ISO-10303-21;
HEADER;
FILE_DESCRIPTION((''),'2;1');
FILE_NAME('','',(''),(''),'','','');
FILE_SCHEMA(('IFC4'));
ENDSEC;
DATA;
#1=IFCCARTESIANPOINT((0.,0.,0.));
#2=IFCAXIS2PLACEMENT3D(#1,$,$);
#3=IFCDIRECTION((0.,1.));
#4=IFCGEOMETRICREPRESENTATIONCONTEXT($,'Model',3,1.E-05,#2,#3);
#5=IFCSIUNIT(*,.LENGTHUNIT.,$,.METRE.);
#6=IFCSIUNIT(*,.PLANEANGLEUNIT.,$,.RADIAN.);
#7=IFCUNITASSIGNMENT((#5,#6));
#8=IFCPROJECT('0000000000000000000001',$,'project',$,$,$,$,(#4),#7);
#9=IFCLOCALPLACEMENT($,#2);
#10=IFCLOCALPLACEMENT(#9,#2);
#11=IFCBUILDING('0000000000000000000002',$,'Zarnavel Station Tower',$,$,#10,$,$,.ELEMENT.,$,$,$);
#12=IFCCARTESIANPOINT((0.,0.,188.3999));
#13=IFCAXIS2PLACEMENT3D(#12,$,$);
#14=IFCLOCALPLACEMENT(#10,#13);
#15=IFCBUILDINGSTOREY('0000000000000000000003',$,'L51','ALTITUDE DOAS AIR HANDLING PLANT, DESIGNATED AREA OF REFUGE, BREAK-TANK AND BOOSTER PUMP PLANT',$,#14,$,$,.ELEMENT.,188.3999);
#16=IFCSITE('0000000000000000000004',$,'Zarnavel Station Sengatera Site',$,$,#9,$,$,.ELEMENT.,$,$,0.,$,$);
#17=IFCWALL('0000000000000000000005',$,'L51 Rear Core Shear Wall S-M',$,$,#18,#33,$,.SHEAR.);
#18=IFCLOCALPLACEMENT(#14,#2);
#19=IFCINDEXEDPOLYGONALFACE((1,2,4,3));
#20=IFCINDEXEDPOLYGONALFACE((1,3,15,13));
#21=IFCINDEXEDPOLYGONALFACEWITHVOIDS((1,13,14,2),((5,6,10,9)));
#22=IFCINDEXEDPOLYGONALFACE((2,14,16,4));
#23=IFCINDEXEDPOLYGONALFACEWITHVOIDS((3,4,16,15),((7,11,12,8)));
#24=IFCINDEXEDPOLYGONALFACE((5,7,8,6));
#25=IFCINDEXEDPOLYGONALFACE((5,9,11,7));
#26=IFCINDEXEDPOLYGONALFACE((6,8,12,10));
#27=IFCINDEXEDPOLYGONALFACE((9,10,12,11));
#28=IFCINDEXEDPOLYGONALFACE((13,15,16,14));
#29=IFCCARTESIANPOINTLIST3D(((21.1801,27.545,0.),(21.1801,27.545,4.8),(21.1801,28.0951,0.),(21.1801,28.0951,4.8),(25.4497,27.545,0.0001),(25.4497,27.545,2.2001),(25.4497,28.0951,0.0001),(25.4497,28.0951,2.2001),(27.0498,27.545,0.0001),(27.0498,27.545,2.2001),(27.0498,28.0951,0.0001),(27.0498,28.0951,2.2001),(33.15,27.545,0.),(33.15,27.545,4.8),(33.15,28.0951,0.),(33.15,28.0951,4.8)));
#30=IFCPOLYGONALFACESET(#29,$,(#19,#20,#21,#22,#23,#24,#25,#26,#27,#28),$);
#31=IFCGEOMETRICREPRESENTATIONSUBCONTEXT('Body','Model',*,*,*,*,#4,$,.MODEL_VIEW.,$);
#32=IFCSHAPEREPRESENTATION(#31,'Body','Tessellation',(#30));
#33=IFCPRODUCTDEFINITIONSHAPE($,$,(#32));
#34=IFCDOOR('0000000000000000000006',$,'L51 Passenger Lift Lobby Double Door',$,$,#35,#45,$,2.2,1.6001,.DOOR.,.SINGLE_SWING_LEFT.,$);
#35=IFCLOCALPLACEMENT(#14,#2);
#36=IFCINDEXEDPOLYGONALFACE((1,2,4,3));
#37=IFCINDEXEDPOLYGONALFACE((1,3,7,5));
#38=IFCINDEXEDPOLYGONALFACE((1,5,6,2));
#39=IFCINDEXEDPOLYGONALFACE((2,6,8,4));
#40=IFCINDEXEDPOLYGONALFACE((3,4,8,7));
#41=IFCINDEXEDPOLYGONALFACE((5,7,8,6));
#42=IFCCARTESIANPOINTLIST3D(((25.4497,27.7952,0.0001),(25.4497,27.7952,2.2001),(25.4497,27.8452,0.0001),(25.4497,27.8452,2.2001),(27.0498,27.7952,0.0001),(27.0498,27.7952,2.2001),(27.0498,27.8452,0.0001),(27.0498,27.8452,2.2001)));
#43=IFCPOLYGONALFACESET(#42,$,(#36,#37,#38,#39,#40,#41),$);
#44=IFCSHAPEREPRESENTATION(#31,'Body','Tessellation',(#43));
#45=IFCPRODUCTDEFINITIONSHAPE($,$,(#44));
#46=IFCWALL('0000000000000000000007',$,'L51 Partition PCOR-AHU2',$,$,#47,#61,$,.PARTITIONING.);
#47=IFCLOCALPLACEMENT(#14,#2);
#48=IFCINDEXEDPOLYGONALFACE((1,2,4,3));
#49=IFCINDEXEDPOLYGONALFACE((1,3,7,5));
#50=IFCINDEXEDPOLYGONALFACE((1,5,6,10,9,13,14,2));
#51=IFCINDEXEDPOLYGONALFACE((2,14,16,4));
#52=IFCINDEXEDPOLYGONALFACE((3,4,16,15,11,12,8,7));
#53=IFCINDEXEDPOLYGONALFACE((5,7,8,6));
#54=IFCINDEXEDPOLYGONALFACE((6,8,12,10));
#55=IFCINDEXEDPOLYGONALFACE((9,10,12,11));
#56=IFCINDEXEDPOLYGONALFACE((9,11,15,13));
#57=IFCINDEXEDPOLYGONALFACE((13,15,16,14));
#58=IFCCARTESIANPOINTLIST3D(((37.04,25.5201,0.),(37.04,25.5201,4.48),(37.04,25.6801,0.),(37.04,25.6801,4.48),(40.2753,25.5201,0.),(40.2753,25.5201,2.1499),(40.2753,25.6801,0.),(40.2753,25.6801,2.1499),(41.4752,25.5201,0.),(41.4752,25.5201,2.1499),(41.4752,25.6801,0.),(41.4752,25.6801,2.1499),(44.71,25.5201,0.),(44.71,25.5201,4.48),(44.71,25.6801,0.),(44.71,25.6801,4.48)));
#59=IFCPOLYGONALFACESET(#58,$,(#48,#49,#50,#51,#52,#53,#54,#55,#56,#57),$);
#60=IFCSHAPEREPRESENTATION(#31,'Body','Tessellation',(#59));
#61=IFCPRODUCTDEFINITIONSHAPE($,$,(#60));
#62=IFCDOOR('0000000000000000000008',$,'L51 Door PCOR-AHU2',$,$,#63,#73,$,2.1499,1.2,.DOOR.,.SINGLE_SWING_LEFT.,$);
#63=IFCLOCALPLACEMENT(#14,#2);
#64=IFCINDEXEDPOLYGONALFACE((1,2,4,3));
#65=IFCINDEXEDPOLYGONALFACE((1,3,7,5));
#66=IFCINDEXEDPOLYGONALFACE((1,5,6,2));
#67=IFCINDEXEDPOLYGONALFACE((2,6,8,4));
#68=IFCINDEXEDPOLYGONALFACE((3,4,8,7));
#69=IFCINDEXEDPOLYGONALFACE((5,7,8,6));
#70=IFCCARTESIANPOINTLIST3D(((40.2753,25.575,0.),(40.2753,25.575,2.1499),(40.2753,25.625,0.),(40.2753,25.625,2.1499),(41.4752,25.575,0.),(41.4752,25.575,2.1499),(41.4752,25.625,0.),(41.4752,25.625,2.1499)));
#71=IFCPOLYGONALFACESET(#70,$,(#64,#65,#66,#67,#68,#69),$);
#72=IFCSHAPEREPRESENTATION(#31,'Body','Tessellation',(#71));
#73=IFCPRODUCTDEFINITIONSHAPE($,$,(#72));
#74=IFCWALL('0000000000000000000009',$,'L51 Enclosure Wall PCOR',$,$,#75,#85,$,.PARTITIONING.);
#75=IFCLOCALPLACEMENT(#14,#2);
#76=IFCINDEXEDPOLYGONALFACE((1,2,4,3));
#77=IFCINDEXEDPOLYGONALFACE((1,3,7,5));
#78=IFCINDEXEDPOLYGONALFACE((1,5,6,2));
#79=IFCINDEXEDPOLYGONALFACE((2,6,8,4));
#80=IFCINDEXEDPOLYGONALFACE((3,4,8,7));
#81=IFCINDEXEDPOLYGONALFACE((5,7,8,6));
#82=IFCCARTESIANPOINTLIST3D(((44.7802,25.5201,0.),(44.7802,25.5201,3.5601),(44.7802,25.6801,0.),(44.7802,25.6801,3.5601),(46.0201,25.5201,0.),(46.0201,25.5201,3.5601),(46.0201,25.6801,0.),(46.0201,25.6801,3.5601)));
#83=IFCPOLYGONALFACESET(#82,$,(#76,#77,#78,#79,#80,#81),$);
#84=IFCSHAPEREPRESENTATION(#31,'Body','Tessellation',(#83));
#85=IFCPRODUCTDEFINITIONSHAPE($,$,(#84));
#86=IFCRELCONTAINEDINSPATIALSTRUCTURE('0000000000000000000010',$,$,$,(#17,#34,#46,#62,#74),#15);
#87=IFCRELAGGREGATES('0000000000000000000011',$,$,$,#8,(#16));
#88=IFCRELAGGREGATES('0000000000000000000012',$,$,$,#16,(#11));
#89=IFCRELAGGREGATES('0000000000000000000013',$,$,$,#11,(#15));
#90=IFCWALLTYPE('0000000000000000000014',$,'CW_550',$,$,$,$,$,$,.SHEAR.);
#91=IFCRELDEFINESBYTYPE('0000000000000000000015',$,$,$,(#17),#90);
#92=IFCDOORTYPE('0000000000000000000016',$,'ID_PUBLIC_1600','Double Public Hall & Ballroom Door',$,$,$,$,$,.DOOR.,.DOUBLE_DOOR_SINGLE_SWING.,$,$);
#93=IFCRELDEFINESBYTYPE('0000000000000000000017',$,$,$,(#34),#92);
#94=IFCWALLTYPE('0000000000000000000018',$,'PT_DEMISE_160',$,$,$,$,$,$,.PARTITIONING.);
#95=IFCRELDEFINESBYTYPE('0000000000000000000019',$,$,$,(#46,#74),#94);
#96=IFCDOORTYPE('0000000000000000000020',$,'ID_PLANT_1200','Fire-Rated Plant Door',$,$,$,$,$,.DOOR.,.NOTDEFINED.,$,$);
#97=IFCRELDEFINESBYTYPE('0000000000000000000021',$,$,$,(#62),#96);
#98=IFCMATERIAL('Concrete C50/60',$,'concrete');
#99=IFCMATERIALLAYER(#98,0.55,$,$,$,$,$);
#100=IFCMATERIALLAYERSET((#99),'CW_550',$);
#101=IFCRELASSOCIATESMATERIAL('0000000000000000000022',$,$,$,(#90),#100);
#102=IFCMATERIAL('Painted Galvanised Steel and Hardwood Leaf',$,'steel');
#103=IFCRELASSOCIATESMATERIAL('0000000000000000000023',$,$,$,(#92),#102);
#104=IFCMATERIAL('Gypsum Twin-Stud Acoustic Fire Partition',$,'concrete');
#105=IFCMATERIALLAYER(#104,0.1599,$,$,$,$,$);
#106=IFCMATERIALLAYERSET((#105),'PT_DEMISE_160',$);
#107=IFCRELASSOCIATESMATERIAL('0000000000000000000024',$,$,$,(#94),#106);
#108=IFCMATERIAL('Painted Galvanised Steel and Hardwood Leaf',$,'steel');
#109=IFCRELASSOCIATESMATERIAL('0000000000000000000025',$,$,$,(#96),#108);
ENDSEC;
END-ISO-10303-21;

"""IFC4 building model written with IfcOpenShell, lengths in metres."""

from ifc_helpers import new_model, si_unit, direction, frame, frame_2d, origin, place, context, subcontext, project, spatial, rectangle, extrude, material, layer, layer_set, type_object, element, fill, save


model = new_model("IFC4")

# Units and contexts
model_context = context("Model", 3, precision=1e-05, world=origin(), true_north=direction((0.0, 1.0)))
body_context = subcontext(model_context, "Body", "Model", "MODEL_VIEW")
ifc_project = project(units=[si_unit("LENGTHUNIT", "METRE"), si_unit("PLANEANGLEUNIT", "RADIAN")], contexts=[model_context])

# Site, building, storey
site_placement = place(None, origin())
site = spatial("IfcSite", under=ifc_project, at=site_placement, Name="Zarnavel Station Sengatera Site", CompositionType="ELEMENT", RefElevation=0.0)
building_placement = place(site_placement, origin())
building = spatial("IfcBuilding", under=site, at=building_placement, Name="Zarnavel Station Tower", CompositionType="ELEMENT")
storey_placement = place(building_placement, frame((0.0, 0.0, 188.3999)))
storey = spatial("IfcBuildingStorey", under=building, at=storey_placement, Name="L51", Description="ALTITUDE DOAS AIR HANDLING PLANT, DESIGNATED AREA OF REFUGE, BREAK-TANK AND BOOSTER PUMP PLANT", CompositionType="ELEMENT", Elevation=188.3999)

# Wall, opening, door
ifc_material_1 = material(Name="Concrete C50/60", Category="concrete")
ifc_layer_1 = layer(ifc_material_1, 0.55)
ifc_layer_set_1 = layer_set([ifc_layer_1], Name="CW_550")
wall_type_1 = type_object("IfcWallType", Name="CW_550", PredefinedType="SHEAR", material=ifc_layer_set_1)
wall_1_placement = place(storey_placement, frame((33.1499, 27.8201, 0.0), z_axis=(0.0, 0.0, 1.0), x_axis=(-1.0, 0.0, 0.0)))
wall_1 = element("IfcWall", 1, at=wall_1_placement, inside=storey, type_object=wall_type_1, Name="L51 Rear Core Shear Wall S-M", PredefinedType="SHEAR", context=body_context, shape_type="SweptSolid", body=[
    extrude(rectangle(XDim=11.97, YDim=0.55, at=frame_2d((5.9849, 0.0))), origin(), (0.0, 0.0, 1.0), 4.8),
])
opening_1_placement = place(wall_1_placement, frame((6.1001, 0.0, 0.0)))
opening_1 = element("IfcOpeningElement", 2, at=opening_1_placement, cuts=wall_1, PredefinedType="OPENING", context=body_context, shape_type="SweptSolid", body=[
    extrude(rectangle(XDim=1.6001, YDim=2.2, at=frame_2d((0.8, 1.1001))), frame((0.0, 0.2849, 0.0), z_axis=(0.0, -1.0, 0.0), x_axis=(1.0, 0.0, 0.0)), (0.0, 0.0, 1.0), 0.5701),
])
ifc_material_2 = material(Name="Painted Galvanised Steel and Hardwood Leaf", Category="steel")
door_type_1 = type_object("IfcDoorType", Name="ID_PUBLIC_1600", Description="Double Public Hall & Ballroom Door", OperationType="DOUBLE_DOOR_SINGLE_SWING", PredefinedType="DOOR", material=ifc_material_2)
door_1_placement = place(opening_1_placement, origin())
door_1 = element("IfcDoor", 3, at=door_1_placement, inside=storey, type_object=door_type_1, Name="L51 Passenger Lift Lobby Double Door", OperationType="SINGLE_SWING_LEFT", OverallHeight=2.2, OverallWidth=1.6001, PredefinedType="DOOR", context=body_context, shape_type="SweptSolid", body=[
    extrude(rectangle(XDim=1.6001, YDim=2.2, at=frame_2d((0.8, 1.1001))), frame((0.0, 0.0249, 0.0), z_axis=(0.0, -1.0, 0.0), x_axis=(1.0, 0.0, 0.0)), (0.0, 0.0, 1.0), 0.05),
])
fill(opening_1, door_1)

# Wall, opening, door
ifc_material_3 = material(Name="Gypsum Twin-Stud Acoustic Fire Partition", Category="concrete")
ifc_layer_2 = layer(ifc_material_3, 0.1599)
ifc_layer_set_2 = layer_set([ifc_layer_2], Name="PT_DEMISE_160")
wall_type_2 = type_object("IfcWallType", Name="PT_DEMISE_160", PredefinedType="PARTITIONING", material=ifc_layer_set_2)
wall_2_placement = place(storey_placement, frame((37.04, 25.6001, 0.0), z_axis=(0.0, 0.0, 1.0), x_axis=(1.0, 0.0, 0.0)))
wall_2 = element("IfcWall", 4, at=wall_2_placement, inside=storey, type_object=wall_type_2, Name="L51 Partition PCOR-AHU2", PredefinedType="PARTITIONING", context=body_context, shape_type="SweptSolid", body=[
    extrude(rectangle(XDim=7.6699, YDim=0.1599, at=frame_2d((3.835, 0.0))), origin(), (0.0, 0.0, 1.0), 4.48),
])
opening_2_placement = place(wall_2_placement, frame((3.2351, 0.0, 0.0)))
opening_2 = element("IfcOpeningElement", 5, at=opening_2_placement, cuts=wall_2, PredefinedType="OPENING", context=body_context, shape_type="SweptSolid", body=[
    extrude(rectangle(XDim=1.2, YDim=2.1499, at=frame_2d((0.6001, 1.075))), frame((0.0, 0.0898, 0.0), z_axis=(0.0, -1.0, 0.0), x_axis=(1.0, 0.0, 0.0)), (0.0, 0.0, 1.0), 0.1799),
])
ifc_material_4 = material(Name="Painted Galvanised Steel and Hardwood Leaf", Category="steel")
door_type_2 = type_object("IfcDoorType", Name="ID_PLANT_1200", Description="Fire-Rated Plant Door", OperationType="NOTDEFINED", PredefinedType="DOOR", material=ifc_material_4)
door_2_placement = place(opening_2_placement, origin())
door_2 = element("IfcDoor", 6, at=door_2_placement, inside=storey, type_object=door_type_2, Name="L51 Door PCOR-AHU2", OperationType="SINGLE_SWING_LEFT", OverallHeight=2.1499, OverallWidth=1.2, PredefinedType="DOOR", context=body_context, shape_type="SweptSolid", body=[
    extrude(rectangle(XDim=1.2, YDim=2.1499, at=frame_2d((0.6001, 1.075))), frame((0.0, 0.0249, 0.0), z_axis=(0.0, -1.0, 0.0), x_axis=(1.0, 0.0, 0.0)), (0.0, 0.0, 1.0), 0.05),
])
fill(opening_2, door_2)

# Wall
wall_3_placement = place(storey_placement, frame((44.78, 25.6001, 0.0), z_axis=(0.0, 0.0, 1.0), x_axis=(1.0, 0.0, 0.0)))
element("IfcWall", 7, at=wall_3_placement, inside=storey, type_object=wall_type_2, Name="L51 Enclosure Wall PCOR", PredefinedType="PARTITIONING", context=body_context, shape_type="SweptSolid", body=[
    extrude(rectangle(XDim=1.24, YDim=0.1599, at=frame_2d((0.6201, 0.0))), origin(), (0.0, 0.0, 1.0), 3.5601),
])

save(model, "model.ifc")
